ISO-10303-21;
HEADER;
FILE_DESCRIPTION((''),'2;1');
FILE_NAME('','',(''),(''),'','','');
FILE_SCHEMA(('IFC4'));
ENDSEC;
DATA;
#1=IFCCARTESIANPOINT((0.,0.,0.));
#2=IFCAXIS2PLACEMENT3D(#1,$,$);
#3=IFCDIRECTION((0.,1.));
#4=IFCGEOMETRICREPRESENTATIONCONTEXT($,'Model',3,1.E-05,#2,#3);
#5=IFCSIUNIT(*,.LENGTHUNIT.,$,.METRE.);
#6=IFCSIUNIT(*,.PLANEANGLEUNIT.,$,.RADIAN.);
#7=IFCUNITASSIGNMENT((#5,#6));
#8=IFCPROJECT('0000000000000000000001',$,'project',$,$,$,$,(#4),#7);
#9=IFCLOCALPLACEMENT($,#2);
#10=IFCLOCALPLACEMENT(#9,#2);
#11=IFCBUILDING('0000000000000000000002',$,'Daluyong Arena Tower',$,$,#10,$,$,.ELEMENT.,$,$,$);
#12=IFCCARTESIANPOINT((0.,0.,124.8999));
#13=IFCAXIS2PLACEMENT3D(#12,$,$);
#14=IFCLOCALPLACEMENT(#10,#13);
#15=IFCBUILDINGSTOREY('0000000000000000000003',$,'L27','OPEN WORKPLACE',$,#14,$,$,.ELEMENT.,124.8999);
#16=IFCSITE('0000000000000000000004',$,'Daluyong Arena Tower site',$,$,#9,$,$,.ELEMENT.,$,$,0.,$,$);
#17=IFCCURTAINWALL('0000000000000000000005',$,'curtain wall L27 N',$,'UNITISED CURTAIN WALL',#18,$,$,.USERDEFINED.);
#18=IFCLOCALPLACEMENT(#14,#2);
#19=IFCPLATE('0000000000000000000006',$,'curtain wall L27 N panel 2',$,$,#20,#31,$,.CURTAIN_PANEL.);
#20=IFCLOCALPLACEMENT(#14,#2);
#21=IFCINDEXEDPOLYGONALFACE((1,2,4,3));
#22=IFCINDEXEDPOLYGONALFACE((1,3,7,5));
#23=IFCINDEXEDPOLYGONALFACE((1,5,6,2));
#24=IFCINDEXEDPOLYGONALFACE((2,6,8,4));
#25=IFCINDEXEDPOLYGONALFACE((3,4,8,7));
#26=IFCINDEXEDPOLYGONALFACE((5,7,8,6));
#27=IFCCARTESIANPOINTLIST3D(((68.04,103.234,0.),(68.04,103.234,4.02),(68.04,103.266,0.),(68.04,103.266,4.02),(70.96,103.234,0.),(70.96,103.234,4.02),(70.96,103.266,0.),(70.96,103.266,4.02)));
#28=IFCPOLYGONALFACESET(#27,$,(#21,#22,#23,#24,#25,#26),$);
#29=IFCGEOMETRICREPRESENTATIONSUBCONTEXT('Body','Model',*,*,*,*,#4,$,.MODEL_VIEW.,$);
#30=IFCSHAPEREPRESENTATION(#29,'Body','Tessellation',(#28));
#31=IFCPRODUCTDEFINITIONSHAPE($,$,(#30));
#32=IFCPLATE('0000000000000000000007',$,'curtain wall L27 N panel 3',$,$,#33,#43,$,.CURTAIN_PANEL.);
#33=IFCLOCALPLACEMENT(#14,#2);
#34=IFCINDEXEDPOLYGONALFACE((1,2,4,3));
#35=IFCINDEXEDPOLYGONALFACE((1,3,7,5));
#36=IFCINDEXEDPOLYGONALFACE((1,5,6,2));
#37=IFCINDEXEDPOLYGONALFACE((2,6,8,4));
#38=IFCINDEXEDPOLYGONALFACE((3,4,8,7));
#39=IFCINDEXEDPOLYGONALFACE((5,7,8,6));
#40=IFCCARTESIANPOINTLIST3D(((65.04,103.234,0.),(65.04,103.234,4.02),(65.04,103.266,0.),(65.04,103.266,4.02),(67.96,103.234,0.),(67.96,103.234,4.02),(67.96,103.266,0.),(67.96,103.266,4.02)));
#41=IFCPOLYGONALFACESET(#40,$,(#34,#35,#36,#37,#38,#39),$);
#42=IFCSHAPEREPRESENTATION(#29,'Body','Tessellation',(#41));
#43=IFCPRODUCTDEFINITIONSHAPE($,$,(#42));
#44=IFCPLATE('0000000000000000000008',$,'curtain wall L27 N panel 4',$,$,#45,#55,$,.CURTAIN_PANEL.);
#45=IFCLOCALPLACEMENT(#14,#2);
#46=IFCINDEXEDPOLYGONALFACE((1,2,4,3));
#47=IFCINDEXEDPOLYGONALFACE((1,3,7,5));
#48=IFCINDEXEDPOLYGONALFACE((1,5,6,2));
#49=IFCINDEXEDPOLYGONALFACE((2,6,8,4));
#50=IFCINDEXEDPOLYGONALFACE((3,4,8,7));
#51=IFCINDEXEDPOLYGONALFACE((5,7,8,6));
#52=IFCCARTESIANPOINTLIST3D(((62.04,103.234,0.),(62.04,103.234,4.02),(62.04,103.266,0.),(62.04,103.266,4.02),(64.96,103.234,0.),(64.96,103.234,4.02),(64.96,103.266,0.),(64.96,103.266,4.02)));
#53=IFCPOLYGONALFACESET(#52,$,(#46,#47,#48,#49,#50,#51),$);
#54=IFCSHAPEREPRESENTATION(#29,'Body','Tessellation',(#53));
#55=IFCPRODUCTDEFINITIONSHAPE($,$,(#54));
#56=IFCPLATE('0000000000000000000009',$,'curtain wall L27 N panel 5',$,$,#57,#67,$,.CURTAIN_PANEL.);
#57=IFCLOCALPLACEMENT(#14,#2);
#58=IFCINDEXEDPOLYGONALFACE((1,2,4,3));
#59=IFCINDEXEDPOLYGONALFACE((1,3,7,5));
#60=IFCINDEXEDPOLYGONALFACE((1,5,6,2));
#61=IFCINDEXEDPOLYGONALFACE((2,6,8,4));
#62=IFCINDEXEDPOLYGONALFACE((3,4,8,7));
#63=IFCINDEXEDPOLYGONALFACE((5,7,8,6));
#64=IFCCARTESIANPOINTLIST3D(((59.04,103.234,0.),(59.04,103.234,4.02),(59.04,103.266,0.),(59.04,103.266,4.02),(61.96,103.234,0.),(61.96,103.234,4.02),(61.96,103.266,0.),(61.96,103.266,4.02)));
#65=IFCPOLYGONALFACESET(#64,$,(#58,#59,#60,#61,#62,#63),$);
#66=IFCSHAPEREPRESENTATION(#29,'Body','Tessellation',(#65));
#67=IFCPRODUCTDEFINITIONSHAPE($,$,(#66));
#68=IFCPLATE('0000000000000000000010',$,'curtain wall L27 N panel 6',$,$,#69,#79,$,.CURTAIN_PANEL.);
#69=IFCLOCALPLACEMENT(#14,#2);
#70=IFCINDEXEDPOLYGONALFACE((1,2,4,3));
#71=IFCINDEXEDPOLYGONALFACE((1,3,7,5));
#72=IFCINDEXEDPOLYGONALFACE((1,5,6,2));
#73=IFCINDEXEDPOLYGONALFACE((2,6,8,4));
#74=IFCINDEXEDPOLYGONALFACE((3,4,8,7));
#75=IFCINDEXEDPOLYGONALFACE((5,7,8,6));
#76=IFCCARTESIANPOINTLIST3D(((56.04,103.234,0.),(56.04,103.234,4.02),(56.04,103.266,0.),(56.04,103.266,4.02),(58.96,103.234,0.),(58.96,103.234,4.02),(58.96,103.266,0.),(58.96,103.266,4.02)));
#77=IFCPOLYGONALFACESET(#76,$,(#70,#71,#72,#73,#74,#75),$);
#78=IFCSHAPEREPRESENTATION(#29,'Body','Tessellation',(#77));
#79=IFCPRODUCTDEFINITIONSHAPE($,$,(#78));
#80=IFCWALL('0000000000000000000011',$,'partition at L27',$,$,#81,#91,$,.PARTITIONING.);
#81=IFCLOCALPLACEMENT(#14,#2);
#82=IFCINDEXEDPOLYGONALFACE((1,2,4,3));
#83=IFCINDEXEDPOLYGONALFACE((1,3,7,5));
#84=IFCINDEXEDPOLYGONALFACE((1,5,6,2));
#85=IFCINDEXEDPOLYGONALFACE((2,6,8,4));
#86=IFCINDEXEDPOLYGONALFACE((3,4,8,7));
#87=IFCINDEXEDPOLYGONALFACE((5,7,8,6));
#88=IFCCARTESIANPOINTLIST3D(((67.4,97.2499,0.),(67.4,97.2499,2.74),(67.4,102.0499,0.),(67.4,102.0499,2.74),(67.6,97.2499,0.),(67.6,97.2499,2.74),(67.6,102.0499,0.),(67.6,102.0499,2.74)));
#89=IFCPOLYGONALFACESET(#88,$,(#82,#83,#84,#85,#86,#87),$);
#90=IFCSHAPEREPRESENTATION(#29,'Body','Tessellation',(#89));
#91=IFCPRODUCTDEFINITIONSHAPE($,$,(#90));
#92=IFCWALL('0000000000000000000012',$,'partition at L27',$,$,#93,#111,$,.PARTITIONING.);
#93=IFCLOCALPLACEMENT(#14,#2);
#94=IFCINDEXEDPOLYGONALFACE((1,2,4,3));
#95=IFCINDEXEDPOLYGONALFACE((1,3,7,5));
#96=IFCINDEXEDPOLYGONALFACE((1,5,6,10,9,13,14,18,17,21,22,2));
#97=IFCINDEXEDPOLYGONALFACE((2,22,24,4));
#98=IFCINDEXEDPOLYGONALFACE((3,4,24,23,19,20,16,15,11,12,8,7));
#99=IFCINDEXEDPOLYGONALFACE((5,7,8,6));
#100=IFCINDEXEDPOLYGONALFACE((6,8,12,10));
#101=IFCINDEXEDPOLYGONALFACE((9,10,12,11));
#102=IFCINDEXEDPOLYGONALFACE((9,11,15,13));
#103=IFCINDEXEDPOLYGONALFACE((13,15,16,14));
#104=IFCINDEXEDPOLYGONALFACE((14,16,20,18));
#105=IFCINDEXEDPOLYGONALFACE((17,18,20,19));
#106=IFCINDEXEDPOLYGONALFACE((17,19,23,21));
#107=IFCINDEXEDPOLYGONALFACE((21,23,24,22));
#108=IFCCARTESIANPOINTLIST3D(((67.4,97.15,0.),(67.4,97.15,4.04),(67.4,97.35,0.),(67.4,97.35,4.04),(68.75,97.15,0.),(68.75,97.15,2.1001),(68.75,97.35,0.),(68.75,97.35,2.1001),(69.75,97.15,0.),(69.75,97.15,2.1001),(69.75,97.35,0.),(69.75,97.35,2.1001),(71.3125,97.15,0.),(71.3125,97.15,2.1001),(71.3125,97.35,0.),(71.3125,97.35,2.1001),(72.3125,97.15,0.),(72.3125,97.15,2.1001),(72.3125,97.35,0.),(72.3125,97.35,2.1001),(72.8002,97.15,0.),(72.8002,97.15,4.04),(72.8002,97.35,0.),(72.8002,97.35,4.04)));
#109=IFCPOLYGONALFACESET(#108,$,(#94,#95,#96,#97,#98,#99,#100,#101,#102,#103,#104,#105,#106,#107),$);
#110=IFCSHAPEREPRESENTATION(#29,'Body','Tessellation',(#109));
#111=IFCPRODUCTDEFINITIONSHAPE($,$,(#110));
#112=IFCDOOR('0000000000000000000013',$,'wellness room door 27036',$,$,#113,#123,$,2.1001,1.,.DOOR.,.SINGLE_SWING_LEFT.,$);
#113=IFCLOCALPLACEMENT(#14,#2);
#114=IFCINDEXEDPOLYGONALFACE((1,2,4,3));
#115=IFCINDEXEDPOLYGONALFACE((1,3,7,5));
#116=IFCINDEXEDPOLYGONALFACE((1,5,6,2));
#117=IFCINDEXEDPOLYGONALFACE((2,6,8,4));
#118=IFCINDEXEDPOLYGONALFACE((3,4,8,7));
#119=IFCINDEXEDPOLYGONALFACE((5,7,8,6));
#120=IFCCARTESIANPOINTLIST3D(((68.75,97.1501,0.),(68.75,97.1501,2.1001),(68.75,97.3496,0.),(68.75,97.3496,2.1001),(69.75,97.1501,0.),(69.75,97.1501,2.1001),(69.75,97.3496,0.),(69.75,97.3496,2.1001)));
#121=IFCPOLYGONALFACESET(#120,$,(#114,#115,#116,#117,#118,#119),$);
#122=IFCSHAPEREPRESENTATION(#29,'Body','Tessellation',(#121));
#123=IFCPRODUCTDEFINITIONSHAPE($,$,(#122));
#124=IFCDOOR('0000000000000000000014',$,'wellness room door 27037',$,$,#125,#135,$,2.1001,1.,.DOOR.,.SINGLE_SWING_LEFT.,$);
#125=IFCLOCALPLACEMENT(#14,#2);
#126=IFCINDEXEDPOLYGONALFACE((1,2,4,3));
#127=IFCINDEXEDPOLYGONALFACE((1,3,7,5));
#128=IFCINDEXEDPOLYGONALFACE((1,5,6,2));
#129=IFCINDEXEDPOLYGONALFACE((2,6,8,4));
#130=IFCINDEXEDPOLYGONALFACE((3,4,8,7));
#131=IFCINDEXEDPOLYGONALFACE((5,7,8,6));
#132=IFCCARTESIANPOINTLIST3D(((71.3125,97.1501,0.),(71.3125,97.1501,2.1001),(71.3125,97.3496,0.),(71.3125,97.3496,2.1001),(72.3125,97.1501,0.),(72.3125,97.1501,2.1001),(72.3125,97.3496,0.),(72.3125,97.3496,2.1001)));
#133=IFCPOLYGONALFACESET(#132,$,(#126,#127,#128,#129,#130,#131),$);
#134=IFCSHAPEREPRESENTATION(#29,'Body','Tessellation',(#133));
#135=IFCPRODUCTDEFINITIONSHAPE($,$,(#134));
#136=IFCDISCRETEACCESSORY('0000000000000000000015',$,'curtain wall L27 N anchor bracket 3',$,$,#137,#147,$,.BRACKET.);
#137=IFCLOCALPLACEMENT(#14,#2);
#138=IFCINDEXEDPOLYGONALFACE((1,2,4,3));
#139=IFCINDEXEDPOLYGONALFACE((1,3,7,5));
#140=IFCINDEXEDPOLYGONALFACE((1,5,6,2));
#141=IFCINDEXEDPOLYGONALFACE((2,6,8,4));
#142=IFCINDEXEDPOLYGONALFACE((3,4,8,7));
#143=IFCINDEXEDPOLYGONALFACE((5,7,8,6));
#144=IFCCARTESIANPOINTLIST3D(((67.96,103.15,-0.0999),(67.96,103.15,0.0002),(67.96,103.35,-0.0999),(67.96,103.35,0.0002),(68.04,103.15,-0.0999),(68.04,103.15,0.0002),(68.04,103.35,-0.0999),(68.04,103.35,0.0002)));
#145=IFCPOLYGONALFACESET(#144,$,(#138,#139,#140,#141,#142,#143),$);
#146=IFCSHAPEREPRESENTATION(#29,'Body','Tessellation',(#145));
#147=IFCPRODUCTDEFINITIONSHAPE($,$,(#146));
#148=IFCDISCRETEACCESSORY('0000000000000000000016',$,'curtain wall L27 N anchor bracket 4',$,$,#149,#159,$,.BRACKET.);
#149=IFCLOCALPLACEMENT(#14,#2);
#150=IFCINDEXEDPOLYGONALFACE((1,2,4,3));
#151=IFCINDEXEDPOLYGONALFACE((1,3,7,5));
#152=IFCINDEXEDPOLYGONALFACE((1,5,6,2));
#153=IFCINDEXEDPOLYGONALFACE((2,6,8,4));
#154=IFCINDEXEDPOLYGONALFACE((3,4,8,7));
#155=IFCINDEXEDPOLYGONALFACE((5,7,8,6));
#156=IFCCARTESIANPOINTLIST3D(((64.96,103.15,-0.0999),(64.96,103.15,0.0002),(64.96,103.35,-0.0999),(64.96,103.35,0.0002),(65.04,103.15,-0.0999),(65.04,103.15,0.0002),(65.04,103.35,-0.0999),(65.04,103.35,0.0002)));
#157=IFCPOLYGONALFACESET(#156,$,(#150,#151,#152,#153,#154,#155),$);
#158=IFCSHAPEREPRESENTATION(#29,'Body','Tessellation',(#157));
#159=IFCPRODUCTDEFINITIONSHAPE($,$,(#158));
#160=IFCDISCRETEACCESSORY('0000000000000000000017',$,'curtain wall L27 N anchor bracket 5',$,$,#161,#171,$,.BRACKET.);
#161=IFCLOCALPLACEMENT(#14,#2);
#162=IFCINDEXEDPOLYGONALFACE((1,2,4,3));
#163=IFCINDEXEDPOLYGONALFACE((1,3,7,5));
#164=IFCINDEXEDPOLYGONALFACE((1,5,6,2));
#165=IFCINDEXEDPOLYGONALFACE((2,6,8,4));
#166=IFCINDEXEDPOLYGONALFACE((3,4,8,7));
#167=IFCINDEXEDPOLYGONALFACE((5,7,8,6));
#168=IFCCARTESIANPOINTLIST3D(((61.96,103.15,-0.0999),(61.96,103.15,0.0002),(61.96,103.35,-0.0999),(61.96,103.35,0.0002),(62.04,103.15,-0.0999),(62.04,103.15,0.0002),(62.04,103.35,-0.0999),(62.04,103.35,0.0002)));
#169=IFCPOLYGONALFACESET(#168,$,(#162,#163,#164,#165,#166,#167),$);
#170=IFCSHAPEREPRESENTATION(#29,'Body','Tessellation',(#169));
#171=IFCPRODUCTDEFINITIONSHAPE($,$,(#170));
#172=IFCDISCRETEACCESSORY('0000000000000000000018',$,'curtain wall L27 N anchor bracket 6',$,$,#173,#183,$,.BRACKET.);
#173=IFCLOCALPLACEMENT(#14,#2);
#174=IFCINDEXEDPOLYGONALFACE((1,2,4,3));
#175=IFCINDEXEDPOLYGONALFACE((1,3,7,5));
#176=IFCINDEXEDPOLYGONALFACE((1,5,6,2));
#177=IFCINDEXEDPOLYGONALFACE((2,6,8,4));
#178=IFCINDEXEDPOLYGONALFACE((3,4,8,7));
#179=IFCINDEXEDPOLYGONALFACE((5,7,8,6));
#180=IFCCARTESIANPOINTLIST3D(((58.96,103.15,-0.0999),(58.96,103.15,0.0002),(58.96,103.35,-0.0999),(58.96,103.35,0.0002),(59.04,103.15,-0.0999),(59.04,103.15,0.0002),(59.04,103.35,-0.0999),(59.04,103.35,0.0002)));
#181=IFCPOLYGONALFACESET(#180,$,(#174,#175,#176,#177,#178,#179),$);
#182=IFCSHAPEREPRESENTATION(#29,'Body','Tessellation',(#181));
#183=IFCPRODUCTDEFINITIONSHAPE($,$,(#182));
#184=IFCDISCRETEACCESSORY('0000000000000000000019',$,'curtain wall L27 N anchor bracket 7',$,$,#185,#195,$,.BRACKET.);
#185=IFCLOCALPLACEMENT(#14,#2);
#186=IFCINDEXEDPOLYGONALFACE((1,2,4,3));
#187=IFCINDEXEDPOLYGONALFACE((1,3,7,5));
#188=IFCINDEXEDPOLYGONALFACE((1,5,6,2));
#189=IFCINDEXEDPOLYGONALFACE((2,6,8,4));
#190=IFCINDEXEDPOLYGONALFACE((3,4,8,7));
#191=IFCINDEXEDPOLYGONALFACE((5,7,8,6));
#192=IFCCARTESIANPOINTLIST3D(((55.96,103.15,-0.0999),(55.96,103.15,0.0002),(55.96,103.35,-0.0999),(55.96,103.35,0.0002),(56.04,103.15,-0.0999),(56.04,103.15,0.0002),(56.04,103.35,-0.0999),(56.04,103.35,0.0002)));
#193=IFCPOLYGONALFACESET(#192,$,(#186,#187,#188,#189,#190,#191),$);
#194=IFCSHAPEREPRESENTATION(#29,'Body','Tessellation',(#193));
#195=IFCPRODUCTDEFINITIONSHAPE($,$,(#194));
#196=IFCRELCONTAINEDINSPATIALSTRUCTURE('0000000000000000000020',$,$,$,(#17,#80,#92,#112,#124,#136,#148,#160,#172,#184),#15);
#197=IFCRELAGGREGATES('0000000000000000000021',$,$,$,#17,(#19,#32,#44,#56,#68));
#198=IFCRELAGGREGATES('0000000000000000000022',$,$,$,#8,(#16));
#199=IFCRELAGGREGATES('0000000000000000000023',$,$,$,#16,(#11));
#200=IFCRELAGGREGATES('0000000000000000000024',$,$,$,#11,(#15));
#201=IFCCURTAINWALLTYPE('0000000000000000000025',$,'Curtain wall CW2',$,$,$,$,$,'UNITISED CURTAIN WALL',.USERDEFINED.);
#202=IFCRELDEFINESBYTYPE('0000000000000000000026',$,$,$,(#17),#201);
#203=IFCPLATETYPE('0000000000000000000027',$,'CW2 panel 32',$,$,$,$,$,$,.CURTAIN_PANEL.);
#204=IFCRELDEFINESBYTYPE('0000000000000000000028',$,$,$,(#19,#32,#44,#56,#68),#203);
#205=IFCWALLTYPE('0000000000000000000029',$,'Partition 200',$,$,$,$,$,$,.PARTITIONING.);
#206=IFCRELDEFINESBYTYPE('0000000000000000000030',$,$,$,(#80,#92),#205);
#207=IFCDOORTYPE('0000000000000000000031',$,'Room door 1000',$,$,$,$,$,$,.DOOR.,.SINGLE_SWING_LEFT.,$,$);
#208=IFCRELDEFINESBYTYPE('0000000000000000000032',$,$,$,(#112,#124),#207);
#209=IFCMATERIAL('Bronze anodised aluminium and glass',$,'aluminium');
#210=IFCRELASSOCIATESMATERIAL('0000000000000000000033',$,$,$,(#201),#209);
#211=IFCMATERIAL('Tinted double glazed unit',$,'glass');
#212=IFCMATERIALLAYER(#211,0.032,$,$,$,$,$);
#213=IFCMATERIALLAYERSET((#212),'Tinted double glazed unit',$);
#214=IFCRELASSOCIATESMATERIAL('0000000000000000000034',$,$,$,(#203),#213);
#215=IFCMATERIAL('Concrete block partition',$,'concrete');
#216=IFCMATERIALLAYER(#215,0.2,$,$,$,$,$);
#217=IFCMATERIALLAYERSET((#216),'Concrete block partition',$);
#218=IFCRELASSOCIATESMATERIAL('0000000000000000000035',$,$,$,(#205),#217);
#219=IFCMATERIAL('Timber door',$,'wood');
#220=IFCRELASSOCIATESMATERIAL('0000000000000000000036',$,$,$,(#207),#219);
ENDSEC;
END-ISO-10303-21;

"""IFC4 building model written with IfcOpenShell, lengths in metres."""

from ifc_helpers import new_model, si_unit, direction, frame, frame_2d, origin, origin_2d, place, context, subcontext, project, spatial, rectangle, extrude, material, layer, layer_set, type_object, element, fill, aggregate, save


model = new_model("IFC4")

# Units and contexts
model_context = context("Model", 3, precision=1e-05, world=origin(), true_north=direction((0.0, 1.0)))
body_context = subcontext(model_context, "Body", "Model", "MODEL_VIEW")
ifc_project = project(units=[si_unit("LENGTHUNIT", "METRE"), si_unit("PLANEANGLEUNIT", "RADIAN")], contexts=[model_context])

# Site, building, storey
site_placement = place(None, origin())
site = spatial("IfcSite", under=ifc_project, at=site_placement, Name="Daluyong Arena Tower site", CompositionType="ELEMENT", RefElevation=0.0)
building_placement = place(site_placement, origin())
building = spatial("IfcBuilding", under=site, at=building_placement, Name="Daluyong Arena Tower", CompositionType="ELEMENT")
storey_placement = place(building_placement, frame((0.0, 0.0, 124.8999)))
storey = spatial("IfcBuildingStorey", under=building, at=storey_placement, Name="L27", Description="OPEN WORKPLACE", CompositionType="ELEMENT", Elevation=124.8999)

# Curtain wall
ifc_material_1 = material(Name="Bronze anodised aluminium and glass", Category="aluminium")
curtain_wall_type = type_object("IfcCurtainWallType", Name="Curtain wall CW2", ElementType="UNITISED CURTAIN WALL", PredefinedType="USERDEFINED", material=ifc_material_1)
curtain_wall_placement = place(storey_placement, origin())
curtain_wall = element("IfcCurtainWall", 1, at=curtain_wall_placement, inside=storey, type_object=curtain_wall_type, Name="curtain wall L27 N", ObjectType="UNITISED CURTAIN WALL", PredefinedType="USERDEFINED")

# Plates
ifc_material_2 = material(Name="Tinted double glazed unit", Category="glass")
ifc_layer_1 = layer(ifc_material_2, 0.032)
ifc_layer_set_1 = layer_set([ifc_layer_1], Name="Tinted double glazed unit")
plate_type = type_object("IfcPlateType", Name="CW2 panel 32", PredefinedType="CURTAIN_PANEL", material=ifc_layer_set_1)
plate_1_placement = place(storey_placement, frame((69.5, 103.25, 0.0), z_axis=(0.0, 0.0, 1.0), x_axis=(-1.0, 0.0, 0.0)))
plate_1 = element("IfcPlate", 2, at=plate_1_placement, type_object=plate_type, Name="curtain wall L27 N panel 2", PredefinedType="CURTAIN_PANEL", context=body_context, shape_type="SweptSolid", body=[
    extrude(rectangle(XDim=2.9199, YDim=0.032, at=origin_2d()), origin(), (0.0, 0.0, 1.0), 4.02),
])
plate_2_placement = place(storey_placement, frame((66.5, 103.25, 0.0), z_axis=(0.0, 0.0, 1.0), x_axis=(-1.0, 0.0, 0.0)))
plate_2 = element("IfcPlate", 3, at=plate_2_placement, type_object=plate_type, Name="curtain wall L27 N panel 3", PredefinedType="CURTAIN_PANEL", context=body_context, shape_type="SweptSolid", body=[
    extrude(rectangle(XDim=2.9199, YDim=0.032, at=origin_2d()), origin(), (0.0, 0.0, 1.0), 4.02),
])
plate_3_placement = place(storey_placement, frame((63.5, 103.25, 0.0), z_axis=(0.0, 0.0, 1.0), x_axis=(-1.0, 0.0, 0.0)))
plate_3 = element("IfcPlate", 4, at=plate_3_placement, type_object=plate_type, Name="curtain wall L27 N panel 4", PredefinedType="CURTAIN_PANEL", context=body_context, shape_type="SweptSolid", body=[
    extrude(rectangle(XDim=2.9199, YDim=0.032, at=origin_2d()), origin(), (0.0, 0.0, 1.0), 4.02),
])
plate_4_placement = place(storey_placement, frame((60.5, 103.25, 0.0), z_axis=(0.0, 0.0, 1.0), x_axis=(-1.0, 0.0, 0.0)))
plate_4 = element("IfcPlate", 5, at=plate_4_placement, type_object=plate_type, Name="curtain wall L27 N panel 5", PredefinedType="CURTAIN_PANEL", context=body_context, shape_type="SweptSolid", body=[
    extrude(rectangle(XDim=2.9199, YDim=0.032, at=origin_2d()), origin(), (0.0, 0.0, 1.0), 4.02),
])
plate_5_placement = place(storey_placement, frame((57.5, 103.25, 0.0), z_axis=(0.0, 0.0, 1.0), x_axis=(-1.0, 0.0, 0.0)))
plate_5 = element("IfcPlate", 6, at=plate_5_placement, type_object=plate_type, Name="curtain wall L27 N panel 6", PredefinedType="CURTAIN_PANEL", context=body_context, shape_type="SweptSolid", body=[
    extrude(rectangle(XDim=2.9199, YDim=0.032, at=origin_2d()), origin(), (0.0, 0.0, 1.0), 4.02),
])
aggregate(curtain_wall, [plate_1, plate_2, plate_3, plate_4, plate_5])

# Wall
ifc_material_3 = material(Name="Concrete block partition", Category="concrete")
ifc_layer_2 = layer(ifc_material_3, 0.2)
ifc_layer_set_2 = layer_set([ifc_layer_2], Name="Concrete block partition")
wall_type = type_object("IfcWallType", Name="Partition 200", PredefinedType="PARTITIONING", material=ifc_layer_set_2)
wall_1_placement = place(storey_placement, frame((67.5, 97.25, 0.0), z_axis=(0.0, 0.0, 1.0), x_axis=(0.0, 1.0, 0.0)))
element("IfcWall", 7, at=wall_1_placement, inside=storey, type_object=wall_type, Name="partition at L27", PredefinedType="PARTITIONING", context=body_context, shape_type="SweptSolid", body=[
    extrude(rectangle(XDim=4.8, YDim=0.2, at=frame_2d((2.3999, 0.0))), origin(), (0.0, 0.0, 1.0), 2.74),
])

# Wall, openings, doors
wall_2_placement = place(storey_placement, frame((67.3999, 97.25, 0.0), z_axis=(0.0, 0.0, 1.0), x_axis=(1.0, 0.0, 0.0)))
wall_2 = element("IfcWall", 8, at=wall_2_placement, inside=storey, type_object=wall_type, Name="partition at L27", PredefinedType="PARTITIONING", context=body_context, shape_type="SweptSolid", body=[
    extrude(rectangle(XDim=5.4001, YDim=0.2, at=frame_2d((2.7002, 0.0))), origin(), (0.0, 0.0, 1.0), 4.04),
])
opening_1_placement = place(wall_2_placement, frame((1.3501, 0.0, 0.0)))
opening_1 = element("IfcOpeningElement", 9, at=opening_1_placement, cuts=wall_2, PredefinedType="OPENING", context=body_context, shape_type="SweptSolid", body=[
    extrude(rectangle(XDim=1.0, YDim=2.1001, at=frame_2d((0.5, 1.05))), frame((0.0, 0.1099, 0.0), z_axis=(0.0, -1.0, 0.0), x_axis=(1.0, 0.0, 0.0)), (0.0, 0.0, 1.0), 0.22),
])
opening_2_placement = place(wall_2_placement, frame((3.9126, 0.0, 0.0)))
opening_2 = element("IfcOpeningElement", 10, at=opening_2_placement, cuts=wall_2, PredefinedType="OPENING", context=body_context, shape_type="SweptSolid", body=[
    extrude(rectangle(XDim=1.0, YDim=2.1001, at=frame_2d((0.5, 1.05))), frame((0.0, 0.1099, 0.0), z_axis=(0.0, -1.0, 0.0), x_axis=(1.0, 0.0, 0.0)), (0.0, 0.0, 1.0), 0.22),
])
ifc_material_4 = material(Name="Timber door", Category="wood")
door_type = type_object("IfcDoorType", Name="Room door 1000", OperationType="SINGLE_SWING_LEFT", PredefinedType="DOOR", material=ifc_material_4)
door_1_placement = place(opening_1_placement, origin())
door_1 = element("IfcDoor", 11, at=door_1_placement, inside=storey, type_object=door_type, Name="wellness room door 27036", OperationType="SINGLE_SWING_LEFT", OverallHeight=2.1001, OverallWidth=1.0, PredefinedType="DOOR", context=body_context, shape_type="SweptSolid", body=[
    extrude(rectangle(XDim=1.0, YDim=2.1001, at=frame_2d((0.5, 1.05))), frame((0.0, 0.0996, 0.0), z_axis=(0.0, -1.0, 0.0), x_axis=(1.0, 0.0, 0.0)), (0.0, 0.0, 1.0), 0.1995),
])
fill(opening_1, door_1)
door_2_placement = place(opening_2_placement, origin())
door_2 = element("IfcDoor", 12, at=door_2_placement, inside=storey, type_object=door_type, Name="wellness room door 27037", OperationType="SINGLE_SWING_LEFT", OverallHeight=2.1001, OverallWidth=1.0, PredefinedType="DOOR", context=body_context, shape_type="SweptSolid", body=[
    extrude(rectangle(XDim=1.0, YDim=2.1001, at=frame_2d((0.5, 1.05))), frame((0.0, 0.0996, 0.0), z_axis=(0.0, -1.0, 0.0), x_axis=(1.0, 0.0, 0.0)), (0.0, 0.0, 1.0), 0.1995),
])
fill(opening_2, door_2)

# Discrete accessories
for number, where, z_axis, x_axis, name in (
    (13, (68.0, 103.25, -0.0999), (0.0, 0.0, 1.0), (-1.0, 0.0, 0.0), "curtain wall L27 N anchor bracket 3"),
    (14, (65.0, 103.25, -0.0999), (0.0, 0.0, 1.0), (-1.0, 0.0, 0.0), "curtain wall L27 N anchor bracket 4"),
    (15, (62.0, 103.25, -0.0999), (0.0, 0.0, 1.0), (-1.0, 0.0, 0.0), "curtain wall L27 N anchor bracket 5"),
    (16, (59.0, 103.25, -0.0999), (0.0, 0.0, 1.0), (-1.0, 0.0, 0.0), "curtain wall L27 N anchor bracket 6"),
    (17, (56.0, 103.25, -0.0999), (0.0, 0.0, 1.0), (-1.0, 0.0, 0.0), "curtain wall L27 N anchor bracket 7"),
):
    element("IfcDiscreteAccessory", number, at=place(storey_placement, frame(where, z_axis=z_axis, x_axis=x_axis)), inside=storey, Name=name, PredefinedType="BRACKET", context=body_context, shape_type="SweptSolid", body=[
        extrude(rectangle(XDim=0.0801, YDim=0.2, at=origin_2d()), origin(), (0.0, 0.0, 1.0), 0.1001),
    ])

save(model, "model.ifc")
